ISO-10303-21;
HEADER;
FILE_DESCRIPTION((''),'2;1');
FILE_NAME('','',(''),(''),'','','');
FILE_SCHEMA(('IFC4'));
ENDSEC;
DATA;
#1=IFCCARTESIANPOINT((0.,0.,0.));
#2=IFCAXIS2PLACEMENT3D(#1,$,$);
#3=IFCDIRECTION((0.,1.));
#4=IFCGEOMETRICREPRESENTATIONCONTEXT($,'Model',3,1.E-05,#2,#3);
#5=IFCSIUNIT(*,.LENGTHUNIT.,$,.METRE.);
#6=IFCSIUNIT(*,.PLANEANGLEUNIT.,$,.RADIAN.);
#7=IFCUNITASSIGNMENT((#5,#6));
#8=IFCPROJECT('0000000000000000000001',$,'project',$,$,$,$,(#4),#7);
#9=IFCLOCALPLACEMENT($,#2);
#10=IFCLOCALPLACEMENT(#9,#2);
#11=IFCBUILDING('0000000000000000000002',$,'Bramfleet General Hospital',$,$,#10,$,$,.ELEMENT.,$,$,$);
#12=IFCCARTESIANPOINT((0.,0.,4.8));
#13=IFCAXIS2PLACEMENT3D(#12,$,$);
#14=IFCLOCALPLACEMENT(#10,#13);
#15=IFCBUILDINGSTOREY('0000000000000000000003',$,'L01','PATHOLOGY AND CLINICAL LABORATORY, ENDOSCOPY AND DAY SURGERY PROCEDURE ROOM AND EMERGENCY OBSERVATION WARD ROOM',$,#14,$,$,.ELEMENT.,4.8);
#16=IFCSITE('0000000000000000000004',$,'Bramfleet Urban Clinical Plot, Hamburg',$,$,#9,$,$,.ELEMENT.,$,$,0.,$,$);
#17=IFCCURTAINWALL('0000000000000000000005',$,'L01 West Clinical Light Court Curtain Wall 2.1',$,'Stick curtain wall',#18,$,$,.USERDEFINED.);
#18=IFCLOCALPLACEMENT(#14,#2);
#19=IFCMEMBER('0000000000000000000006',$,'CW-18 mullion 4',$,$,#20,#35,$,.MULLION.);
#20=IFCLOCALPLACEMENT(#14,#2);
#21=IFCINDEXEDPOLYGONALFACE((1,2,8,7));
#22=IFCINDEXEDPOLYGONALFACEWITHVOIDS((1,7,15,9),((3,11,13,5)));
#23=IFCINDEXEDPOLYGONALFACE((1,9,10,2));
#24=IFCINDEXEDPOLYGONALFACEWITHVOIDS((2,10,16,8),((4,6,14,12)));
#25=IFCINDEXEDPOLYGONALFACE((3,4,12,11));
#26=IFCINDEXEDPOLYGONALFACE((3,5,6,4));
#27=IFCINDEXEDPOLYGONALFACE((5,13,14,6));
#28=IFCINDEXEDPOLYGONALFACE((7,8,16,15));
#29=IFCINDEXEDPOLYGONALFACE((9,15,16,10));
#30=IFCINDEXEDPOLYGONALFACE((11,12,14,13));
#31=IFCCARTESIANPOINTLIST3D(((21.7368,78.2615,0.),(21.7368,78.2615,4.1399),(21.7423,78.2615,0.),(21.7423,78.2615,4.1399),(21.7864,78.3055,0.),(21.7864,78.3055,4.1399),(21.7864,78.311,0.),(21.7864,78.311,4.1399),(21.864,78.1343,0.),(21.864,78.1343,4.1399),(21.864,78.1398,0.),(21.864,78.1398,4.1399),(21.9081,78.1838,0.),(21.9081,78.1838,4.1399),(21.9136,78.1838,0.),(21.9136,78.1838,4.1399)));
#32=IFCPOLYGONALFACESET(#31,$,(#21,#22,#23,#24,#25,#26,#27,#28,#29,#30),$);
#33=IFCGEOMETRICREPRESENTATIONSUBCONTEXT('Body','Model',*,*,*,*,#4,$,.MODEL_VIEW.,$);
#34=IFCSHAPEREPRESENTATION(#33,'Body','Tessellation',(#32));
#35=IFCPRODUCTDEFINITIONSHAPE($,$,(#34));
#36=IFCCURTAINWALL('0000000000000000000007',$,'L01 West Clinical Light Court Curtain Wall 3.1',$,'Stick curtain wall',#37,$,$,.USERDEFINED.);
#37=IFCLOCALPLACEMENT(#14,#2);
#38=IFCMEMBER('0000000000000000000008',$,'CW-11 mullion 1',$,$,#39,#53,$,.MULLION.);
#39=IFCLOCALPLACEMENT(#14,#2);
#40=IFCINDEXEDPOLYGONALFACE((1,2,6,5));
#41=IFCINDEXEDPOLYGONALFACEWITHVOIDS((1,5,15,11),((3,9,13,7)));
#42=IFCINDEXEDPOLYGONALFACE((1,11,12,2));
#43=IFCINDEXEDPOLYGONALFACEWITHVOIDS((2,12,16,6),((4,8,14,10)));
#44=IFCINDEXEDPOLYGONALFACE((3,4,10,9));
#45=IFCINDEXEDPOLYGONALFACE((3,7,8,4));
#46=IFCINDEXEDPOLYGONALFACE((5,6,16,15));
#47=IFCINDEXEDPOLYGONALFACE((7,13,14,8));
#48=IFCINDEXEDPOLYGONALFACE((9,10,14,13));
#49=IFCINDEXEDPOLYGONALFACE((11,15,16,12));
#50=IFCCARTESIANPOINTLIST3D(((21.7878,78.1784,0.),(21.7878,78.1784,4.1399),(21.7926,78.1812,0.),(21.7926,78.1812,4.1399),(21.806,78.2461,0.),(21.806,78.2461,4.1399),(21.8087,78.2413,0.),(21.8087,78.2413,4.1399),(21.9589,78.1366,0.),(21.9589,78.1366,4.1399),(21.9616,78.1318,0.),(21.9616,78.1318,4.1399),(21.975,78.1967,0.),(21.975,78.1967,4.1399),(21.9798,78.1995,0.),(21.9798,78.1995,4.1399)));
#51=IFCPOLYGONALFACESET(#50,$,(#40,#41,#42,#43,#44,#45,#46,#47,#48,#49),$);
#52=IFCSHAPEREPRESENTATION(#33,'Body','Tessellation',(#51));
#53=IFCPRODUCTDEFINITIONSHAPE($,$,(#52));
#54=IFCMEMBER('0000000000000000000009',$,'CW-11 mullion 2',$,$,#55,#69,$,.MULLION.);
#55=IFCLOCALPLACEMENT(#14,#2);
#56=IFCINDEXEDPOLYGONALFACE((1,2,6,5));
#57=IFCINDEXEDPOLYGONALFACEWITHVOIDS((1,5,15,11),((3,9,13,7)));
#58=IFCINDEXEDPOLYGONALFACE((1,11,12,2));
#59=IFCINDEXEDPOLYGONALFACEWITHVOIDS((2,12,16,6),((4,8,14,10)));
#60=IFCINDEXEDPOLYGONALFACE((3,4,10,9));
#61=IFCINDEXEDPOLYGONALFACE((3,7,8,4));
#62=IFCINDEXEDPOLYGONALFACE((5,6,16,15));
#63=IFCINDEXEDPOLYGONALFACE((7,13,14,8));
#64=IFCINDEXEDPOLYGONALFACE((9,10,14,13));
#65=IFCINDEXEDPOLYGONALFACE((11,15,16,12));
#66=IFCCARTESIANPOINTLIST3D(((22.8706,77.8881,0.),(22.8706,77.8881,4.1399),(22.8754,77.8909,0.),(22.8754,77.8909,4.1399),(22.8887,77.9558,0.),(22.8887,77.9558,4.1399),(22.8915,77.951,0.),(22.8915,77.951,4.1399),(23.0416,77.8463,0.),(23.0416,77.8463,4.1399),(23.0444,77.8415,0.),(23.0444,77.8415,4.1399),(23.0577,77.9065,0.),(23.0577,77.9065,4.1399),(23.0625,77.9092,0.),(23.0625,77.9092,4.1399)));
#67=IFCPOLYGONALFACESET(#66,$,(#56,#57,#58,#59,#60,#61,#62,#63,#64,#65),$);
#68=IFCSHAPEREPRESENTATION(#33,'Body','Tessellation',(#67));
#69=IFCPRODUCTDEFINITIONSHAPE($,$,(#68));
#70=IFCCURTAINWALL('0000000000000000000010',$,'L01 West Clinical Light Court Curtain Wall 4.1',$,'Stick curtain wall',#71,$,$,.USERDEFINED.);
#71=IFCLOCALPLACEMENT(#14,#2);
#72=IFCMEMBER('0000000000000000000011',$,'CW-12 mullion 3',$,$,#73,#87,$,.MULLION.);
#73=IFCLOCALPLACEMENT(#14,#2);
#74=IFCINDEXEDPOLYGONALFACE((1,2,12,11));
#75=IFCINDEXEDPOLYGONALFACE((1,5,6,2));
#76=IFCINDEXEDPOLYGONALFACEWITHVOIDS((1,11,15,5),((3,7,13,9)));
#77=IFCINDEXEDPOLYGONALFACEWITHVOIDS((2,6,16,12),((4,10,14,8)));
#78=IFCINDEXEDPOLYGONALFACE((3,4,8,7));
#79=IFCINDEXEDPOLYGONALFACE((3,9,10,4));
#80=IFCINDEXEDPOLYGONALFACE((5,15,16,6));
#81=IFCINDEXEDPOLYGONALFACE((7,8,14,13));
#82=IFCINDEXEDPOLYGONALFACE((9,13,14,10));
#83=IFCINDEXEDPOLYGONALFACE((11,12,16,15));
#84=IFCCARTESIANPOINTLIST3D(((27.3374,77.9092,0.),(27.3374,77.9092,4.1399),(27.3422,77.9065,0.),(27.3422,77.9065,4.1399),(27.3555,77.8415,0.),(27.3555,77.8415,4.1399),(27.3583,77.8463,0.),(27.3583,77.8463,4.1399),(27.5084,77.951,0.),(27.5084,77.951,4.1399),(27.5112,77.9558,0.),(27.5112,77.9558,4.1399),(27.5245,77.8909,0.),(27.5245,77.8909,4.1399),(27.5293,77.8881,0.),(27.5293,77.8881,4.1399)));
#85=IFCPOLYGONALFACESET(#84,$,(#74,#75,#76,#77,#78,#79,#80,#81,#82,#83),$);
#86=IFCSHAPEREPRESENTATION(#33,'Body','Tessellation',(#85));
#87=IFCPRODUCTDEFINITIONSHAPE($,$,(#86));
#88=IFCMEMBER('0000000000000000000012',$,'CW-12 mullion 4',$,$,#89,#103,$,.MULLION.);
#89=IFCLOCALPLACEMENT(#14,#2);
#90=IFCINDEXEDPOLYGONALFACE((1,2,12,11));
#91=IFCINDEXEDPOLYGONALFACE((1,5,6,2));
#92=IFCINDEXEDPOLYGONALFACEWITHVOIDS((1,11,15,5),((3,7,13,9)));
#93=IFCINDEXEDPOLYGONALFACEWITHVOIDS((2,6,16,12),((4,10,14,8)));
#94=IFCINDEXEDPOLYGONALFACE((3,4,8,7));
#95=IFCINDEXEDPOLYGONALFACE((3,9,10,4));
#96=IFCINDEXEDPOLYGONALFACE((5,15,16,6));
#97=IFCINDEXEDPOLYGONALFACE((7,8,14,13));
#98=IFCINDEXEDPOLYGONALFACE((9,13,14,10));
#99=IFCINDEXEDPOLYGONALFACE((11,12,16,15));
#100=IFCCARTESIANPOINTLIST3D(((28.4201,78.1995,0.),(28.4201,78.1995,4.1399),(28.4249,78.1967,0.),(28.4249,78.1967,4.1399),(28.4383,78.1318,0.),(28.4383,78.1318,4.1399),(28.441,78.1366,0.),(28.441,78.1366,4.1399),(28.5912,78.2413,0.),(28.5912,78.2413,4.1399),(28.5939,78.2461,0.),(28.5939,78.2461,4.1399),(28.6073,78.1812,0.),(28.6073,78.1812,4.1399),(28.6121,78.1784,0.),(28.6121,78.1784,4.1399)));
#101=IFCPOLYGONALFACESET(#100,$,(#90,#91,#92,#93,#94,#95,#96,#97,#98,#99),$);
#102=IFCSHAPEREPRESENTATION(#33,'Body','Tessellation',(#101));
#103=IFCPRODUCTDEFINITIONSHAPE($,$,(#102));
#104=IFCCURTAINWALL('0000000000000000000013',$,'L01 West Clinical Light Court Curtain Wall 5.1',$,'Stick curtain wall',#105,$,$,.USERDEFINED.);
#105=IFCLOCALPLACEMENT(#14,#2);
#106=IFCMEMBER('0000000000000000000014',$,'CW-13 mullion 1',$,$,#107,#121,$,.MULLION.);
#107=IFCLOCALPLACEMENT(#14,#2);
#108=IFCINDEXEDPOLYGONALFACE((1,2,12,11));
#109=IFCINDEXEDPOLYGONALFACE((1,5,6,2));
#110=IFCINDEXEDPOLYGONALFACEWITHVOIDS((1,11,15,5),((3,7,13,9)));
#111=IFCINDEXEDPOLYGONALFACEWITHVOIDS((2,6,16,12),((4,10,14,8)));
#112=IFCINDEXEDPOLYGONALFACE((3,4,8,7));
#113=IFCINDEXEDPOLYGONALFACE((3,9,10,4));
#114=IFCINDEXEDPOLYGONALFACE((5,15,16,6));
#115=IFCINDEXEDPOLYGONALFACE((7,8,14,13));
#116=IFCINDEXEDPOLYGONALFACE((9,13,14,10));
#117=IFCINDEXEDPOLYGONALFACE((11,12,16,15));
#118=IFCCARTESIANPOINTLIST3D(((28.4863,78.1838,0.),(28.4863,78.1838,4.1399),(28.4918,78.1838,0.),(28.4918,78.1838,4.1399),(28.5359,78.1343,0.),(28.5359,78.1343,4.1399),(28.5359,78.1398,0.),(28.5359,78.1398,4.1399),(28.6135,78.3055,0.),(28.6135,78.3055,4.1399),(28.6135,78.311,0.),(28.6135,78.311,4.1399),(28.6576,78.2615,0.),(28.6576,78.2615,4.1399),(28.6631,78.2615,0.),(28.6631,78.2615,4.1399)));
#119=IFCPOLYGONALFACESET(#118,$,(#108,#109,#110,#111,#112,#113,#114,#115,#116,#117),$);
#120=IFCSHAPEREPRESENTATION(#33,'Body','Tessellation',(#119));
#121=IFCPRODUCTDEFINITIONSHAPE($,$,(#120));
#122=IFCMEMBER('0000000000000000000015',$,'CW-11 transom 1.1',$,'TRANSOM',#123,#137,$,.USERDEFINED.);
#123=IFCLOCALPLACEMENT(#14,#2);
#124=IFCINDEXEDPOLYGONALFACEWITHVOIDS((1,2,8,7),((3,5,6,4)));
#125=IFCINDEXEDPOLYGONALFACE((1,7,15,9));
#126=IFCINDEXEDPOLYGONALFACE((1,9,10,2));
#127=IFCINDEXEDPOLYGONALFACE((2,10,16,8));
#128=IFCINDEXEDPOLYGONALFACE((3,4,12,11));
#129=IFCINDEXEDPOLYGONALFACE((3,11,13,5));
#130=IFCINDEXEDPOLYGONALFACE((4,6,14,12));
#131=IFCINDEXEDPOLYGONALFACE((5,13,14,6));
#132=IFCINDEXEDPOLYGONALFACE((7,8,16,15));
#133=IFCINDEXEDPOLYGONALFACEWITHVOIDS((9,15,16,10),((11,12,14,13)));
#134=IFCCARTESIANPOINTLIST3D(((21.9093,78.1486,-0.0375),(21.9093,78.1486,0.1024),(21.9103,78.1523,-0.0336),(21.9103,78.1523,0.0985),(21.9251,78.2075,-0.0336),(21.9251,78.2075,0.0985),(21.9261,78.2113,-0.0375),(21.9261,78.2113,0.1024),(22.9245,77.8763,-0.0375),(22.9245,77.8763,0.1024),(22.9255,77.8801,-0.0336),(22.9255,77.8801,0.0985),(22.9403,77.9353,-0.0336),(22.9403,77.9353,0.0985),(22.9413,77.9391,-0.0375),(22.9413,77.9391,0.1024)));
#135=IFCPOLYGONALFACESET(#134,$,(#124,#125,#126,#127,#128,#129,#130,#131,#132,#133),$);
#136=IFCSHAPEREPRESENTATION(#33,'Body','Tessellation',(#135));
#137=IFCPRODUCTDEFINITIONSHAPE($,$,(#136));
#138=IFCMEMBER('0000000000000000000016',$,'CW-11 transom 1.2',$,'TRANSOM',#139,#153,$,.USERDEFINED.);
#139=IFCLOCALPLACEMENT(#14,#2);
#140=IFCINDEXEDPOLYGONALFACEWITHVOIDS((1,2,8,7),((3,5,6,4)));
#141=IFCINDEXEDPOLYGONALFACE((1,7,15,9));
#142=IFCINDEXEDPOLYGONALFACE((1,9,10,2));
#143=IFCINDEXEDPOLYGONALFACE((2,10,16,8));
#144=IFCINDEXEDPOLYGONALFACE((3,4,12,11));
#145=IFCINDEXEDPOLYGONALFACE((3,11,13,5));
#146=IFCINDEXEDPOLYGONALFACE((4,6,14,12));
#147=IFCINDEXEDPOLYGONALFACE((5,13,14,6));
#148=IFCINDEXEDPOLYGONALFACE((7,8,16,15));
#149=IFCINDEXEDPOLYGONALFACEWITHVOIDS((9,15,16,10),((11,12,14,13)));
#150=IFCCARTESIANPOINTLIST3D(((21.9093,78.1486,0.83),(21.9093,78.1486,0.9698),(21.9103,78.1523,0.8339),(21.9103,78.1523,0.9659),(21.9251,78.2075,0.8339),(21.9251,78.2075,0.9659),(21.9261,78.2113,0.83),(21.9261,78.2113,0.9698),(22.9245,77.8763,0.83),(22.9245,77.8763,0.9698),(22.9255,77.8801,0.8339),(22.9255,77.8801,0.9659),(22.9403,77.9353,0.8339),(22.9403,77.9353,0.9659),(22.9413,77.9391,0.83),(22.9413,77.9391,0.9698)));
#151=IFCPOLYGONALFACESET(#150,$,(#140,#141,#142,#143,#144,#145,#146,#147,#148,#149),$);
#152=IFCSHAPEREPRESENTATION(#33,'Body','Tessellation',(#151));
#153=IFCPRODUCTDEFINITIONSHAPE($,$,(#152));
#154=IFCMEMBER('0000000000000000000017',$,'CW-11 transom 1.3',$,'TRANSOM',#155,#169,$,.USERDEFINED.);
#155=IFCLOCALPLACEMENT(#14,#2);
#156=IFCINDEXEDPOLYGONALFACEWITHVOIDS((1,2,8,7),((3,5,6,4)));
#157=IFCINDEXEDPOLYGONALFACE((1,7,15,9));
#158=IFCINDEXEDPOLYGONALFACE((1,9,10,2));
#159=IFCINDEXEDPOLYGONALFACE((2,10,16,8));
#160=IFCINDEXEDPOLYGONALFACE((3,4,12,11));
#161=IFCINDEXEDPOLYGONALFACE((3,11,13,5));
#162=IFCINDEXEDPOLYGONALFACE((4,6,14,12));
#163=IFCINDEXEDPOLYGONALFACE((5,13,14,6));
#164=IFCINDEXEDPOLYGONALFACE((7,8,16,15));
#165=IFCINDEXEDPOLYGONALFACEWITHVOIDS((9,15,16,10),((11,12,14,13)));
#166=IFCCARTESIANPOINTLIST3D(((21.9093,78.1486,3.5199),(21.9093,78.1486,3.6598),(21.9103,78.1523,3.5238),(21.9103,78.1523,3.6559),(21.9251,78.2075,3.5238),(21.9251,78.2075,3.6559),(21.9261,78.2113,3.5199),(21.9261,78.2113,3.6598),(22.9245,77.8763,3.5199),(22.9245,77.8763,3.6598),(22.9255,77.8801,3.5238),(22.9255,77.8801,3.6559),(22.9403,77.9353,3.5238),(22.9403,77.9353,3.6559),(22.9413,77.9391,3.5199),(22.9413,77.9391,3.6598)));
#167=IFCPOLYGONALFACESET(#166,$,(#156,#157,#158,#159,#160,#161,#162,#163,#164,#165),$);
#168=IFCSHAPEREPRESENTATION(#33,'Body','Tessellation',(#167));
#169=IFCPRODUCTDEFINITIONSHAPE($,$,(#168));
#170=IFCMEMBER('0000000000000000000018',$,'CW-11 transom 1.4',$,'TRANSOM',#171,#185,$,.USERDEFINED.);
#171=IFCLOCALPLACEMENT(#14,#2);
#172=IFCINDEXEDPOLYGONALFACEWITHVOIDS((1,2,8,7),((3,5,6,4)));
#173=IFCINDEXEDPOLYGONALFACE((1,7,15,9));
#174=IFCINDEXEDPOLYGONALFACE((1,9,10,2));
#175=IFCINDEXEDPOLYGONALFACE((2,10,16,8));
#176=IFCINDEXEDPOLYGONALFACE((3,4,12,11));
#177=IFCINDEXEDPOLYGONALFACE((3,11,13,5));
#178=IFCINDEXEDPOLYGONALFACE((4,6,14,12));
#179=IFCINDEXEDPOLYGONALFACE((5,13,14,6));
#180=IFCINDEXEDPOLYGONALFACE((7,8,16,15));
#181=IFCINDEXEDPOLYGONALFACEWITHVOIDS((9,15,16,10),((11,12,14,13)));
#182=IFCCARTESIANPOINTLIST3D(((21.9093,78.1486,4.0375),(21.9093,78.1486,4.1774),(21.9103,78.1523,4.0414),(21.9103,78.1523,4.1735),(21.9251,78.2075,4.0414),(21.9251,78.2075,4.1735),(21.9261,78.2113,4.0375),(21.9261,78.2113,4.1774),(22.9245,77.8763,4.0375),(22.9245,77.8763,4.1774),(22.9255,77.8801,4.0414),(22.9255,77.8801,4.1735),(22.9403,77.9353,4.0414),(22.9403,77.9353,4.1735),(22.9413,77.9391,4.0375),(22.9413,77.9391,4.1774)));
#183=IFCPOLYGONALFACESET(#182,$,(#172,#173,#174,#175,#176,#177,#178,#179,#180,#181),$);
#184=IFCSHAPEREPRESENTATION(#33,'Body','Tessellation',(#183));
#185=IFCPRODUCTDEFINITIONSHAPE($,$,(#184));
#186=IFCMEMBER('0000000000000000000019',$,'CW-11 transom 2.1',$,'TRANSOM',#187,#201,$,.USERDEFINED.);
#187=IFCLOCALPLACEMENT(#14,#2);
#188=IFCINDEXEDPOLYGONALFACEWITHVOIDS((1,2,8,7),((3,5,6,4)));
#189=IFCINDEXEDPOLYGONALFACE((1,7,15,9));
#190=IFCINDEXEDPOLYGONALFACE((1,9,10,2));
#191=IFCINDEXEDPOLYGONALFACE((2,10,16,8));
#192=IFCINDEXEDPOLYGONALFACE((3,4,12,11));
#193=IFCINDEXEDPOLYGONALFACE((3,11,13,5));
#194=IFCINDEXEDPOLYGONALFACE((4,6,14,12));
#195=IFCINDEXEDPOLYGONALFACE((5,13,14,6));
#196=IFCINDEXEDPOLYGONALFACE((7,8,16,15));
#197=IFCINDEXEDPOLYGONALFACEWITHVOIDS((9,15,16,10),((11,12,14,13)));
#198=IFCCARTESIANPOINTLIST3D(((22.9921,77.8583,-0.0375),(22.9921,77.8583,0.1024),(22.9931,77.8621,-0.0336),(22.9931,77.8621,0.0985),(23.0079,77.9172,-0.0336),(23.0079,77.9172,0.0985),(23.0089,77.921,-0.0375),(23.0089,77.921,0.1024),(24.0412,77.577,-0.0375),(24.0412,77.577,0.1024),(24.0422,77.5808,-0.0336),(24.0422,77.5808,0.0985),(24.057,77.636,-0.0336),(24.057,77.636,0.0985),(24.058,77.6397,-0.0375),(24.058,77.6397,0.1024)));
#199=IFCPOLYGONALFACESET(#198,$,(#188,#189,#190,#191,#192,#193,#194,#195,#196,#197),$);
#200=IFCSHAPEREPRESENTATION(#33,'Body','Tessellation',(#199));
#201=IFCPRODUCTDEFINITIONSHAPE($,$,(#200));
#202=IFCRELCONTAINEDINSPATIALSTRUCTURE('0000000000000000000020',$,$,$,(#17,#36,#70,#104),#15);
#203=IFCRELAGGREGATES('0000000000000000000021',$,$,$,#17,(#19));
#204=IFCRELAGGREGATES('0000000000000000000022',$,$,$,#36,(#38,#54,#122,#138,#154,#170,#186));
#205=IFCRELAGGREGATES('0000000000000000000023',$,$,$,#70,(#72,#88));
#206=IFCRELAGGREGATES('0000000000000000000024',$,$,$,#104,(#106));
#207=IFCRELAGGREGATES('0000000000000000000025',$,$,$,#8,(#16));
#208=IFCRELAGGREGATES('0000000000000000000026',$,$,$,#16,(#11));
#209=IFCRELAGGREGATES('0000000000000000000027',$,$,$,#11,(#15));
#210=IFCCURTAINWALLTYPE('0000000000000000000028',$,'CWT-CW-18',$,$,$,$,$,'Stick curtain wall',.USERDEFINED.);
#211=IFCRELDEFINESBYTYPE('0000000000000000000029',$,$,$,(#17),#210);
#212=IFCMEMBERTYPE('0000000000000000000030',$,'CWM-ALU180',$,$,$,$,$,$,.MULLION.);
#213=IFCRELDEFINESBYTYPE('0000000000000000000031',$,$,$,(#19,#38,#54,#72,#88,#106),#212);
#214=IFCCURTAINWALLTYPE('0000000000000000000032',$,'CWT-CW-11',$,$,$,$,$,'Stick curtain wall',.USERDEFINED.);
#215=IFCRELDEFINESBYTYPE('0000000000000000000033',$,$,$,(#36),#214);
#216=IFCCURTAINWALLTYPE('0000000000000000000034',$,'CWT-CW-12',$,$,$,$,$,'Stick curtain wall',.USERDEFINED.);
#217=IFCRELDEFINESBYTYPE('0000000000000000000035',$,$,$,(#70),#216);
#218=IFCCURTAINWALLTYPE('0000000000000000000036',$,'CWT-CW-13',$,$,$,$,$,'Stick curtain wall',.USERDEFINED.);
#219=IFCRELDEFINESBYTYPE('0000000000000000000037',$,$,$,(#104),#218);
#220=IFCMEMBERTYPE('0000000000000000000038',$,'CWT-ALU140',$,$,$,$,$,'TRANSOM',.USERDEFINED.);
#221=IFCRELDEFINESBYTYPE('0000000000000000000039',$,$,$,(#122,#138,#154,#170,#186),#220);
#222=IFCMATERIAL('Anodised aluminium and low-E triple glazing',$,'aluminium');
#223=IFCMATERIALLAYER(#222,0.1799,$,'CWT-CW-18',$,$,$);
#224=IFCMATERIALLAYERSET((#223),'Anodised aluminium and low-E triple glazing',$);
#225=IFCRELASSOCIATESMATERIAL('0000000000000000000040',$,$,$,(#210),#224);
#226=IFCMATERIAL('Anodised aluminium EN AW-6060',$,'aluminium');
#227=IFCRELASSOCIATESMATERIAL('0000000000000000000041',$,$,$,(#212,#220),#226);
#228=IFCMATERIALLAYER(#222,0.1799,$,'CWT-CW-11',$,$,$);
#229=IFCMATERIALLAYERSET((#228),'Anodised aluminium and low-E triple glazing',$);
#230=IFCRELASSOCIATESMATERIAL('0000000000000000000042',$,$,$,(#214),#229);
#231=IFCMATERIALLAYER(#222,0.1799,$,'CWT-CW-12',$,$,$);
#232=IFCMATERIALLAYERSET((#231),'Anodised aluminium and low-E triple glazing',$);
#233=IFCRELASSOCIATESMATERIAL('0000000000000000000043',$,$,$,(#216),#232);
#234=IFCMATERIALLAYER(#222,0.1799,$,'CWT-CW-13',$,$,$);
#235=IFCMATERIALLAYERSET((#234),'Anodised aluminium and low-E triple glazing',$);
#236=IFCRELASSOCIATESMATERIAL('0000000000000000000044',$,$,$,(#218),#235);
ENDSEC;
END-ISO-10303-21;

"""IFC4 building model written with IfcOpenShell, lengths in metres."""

from ifc_helpers import new_model, si_unit, direction, frame, origin, origin_2d, place, context, subcontext, project, spatial, hollow_rectangle, extrude, material, layer, layer_set, material_profile, profile_set, type_object, element, aggregate, save


model = new_model("IFC4")

# Units and contexts
model_context = context("Model", 3, precision=1e-05, world=origin(), true_north=direction((0.0, 1.0)))
body_context = subcontext(model_context, "Body", "Model", "MODEL_VIEW")
ifc_project = project(units=[si_unit("LENGTHUNIT", "METRE"), si_unit("PLANEANGLEUNIT", "RADIAN")], contexts=[model_context])

# Site, building, storey
site_placement = place(None, origin())
site = spatial("IfcSite", under=ifc_project, at=site_placement, Name="Bramfleet Urban Clinical Plot, Hamburg", CompositionType="ELEMENT", RefElevation=0.0)
building_placement = place(site_placement, origin())
building = spatial("IfcBuilding", under=site, at=building_placement, Name="Bramfleet General Hospital", CompositionType="ELEMENT")
storey_placement = place(building_placement, frame((0.0, 0.0, 4.8)))
storey = spatial("IfcBuildingStorey", under=building, at=storey_placement, Name="L01", Description="PATHOLOGY AND CLINICAL LABORATORY, ENDOSCOPY AND DAY SURGERY PROCEDURE ROOM AND EMERGENCY OBSERVATION WARD ROOM", CompositionType="ELEMENT", Elevation=4.8)

# Curtain wall, member
ifc_material_1 = material(Name="Anodised aluminium and low-E triple glazing", Category="aluminium")
ifc_layer_1 = layer(ifc_material_1, 0.1799, Name="CWT-CW-18")
ifc_layer_set_1 = layer_set([ifc_layer_1], Name="Anodised aluminium and low-E triple glazing")
curtain_wall_type_1 = type_object("IfcCurtainWallType", Name="CWT-CW-18", ElementType="Stick curtain wall", PredefinedType="USERDEFINED", material=ifc_layer_set_1)
curtain_wall_1_placement = place(storey_placement, origin())
curtain_wall_1 = element("IfcCurtainWall", 1, at=curtain_wall_1_placement, inside=storey, type_object=curtain_wall_type_1, Name="L01 West Clinical Light Court Curtain Wall 2.1", ObjectType="Stick curtain wall", PredefinedType="USERDEFINED")
ifc_material_2 = material(Name="Anodised aluminium EN AW-6060", Category="aluminium")
ifc_material_profile_1 = material_profile(ifc_material_2, hollow_rectangle(XDim=0.0701, YDim=0.1799, WallThickness=0.0039, at=origin_2d()), Name="ALU 180x70x4.0")
ifc_profile_set_1 = profile_set([ifc_material_profile_1], Name="Anodised aluminium EN AW-6060")
member_type_1 = type_object("IfcMemberType", Name="CWM-ALU180", PredefinedType="MULLION", material=ifc_profile_set_1)
member_1_placement = place(storey_placement, frame((21.8252, 78.2227, 0.0), z_axis=(0.0, 0.0, 1.0), x_axis=(0.707107, 0.707107, 0.0)))
member_1 = element("IfcMember", 2, at=member_1_placement, type_object=member_type_1, Name="CW-18 mullion 4", PredefinedType="MULLION", context=body_context, shape_type="SweptSolid", body=[
    extrude(hollow_rectangle(XDim=0.0701, YDim=0.1799, WallThickness=0.0039, at=origin_2d()), origin(), (0.0, 0.0, 1.0), 4.1399),
])

# Curtain walls, members
ifc_layer_2 = layer(ifc_material_1, 0.1799, Name="CWT-CW-11")
ifc_layer_set_2 = layer_set([ifc_layer_2], Name="Anodised aluminium and low-E triple glazing")
curtain_wall_type_2 = type_object("IfcCurtainWallType", Name="CWT-CW-11", ElementType="Stick curtain wall", PredefinedType="USERDEFINED", material=ifc_layer_set_2)
curtain_wall_2_placement = place(storey_placement, origin())
curtain_wall_2 = element("IfcCurtainWall", 3, at=curtain_wall_2_placement, inside=storey, type_object=curtain_wall_type_2, Name="L01 West Clinical Light Court Curtain Wall 3.1", ObjectType="Stick curtain wall", PredefinedType="USERDEFINED")
member_2_placement = place(storey_placement, frame((21.8838, 78.189, 0.0), z_axis=(0.0, 0.0, 1.0), x_axis=(0.258919, 0.965899, 0.0)))
member_2 = element("IfcMember", 4, at=member_2_placement, type_object=member_type_1, Name="CW-11 mullion 1", PredefinedType="MULLION", context=body_context, shape_type="SweptSolid", body=[
    extrude(hollow_rectangle(XDim=0.0701, YDim=0.1799, WallThickness=0.0039, at=origin_2d()), origin(), (0.0, 0.0, 1.0), 4.1399),
])
member_3_placement = place(storey_placement, frame((22.9666, 77.8987, 0.0), z_axis=(0.0, 0.0, 1.0), x_axis=(0.258919, 0.965899, 0.0)))
member_3 = element("IfcMember", 5, at=member_3_placement, type_object=member_type_1, Name="CW-11 mullion 2", PredefinedType="MULLION", context=body_context, shape_type="SweptSolid", body=[
    extrude(hollow_rectangle(XDim=0.0701, YDim=0.1799, WallThickness=0.0039, at=origin_2d()), origin(), (0.0, 0.0, 1.0), 4.1399),
])
ifc_layer_3 = layer(ifc_material_1, 0.1799, Name="CWT-CW-12")
ifc_layer_set_3 = layer_set([ifc_layer_3], Name="Anodised aluminium and low-E triple glazing")
curtain_wall_type_3 = type_object("IfcCurtainWallType", Name="CWT-CW-12", ElementType="Stick curtain wall", PredefinedType="USERDEFINED", material=ifc_layer_set_3)
curtain_wall_3_placement = place(storey_placement, origin())
curtain_wall_3 = element("IfcCurtainWall", 6, at=curtain_wall_3_placement, inside=storey, type_object=curtain_wall_type_3, Name="L01 West Clinical Light Court Curtain Wall 4.1", ObjectType="Stick curtain wall", PredefinedType="USERDEFINED")
member_4_placement = place(storey_placement, frame((27.4333, 77.8987, 0.0), z_axis=(0.0, 0.0, 1.0), x_axis=(-0.258919, 0.965899, 0.0)))
member_4 = element("IfcMember", 7, at=member_4_placement, type_object=member_type_1, Name="CW-12 mullion 3", PredefinedType="MULLION", context=body_context, shape_type="SweptSolid", body=[
    extrude(hollow_rectangle(XDim=0.0701, YDim=0.1799, WallThickness=0.0039, at=origin_2d()), origin(), (0.0, 0.0, 1.0), 4.1399),
])
member_5_placement = place(storey_placement, frame((28.5161, 78.189, 0.0), z_axis=(0.0, 0.0, 1.0), x_axis=(-0.258919, 0.965899, 0.0)))
member_5 = element("IfcMember", 8, at=member_5_placement, type_object=member_type_1, Name="CW-12 mullion 4", PredefinedType="MULLION", context=body_context, shape_type="SweptSolid", body=[
    extrude(hollow_rectangle(XDim=0.0701, YDim=0.1799, WallThickness=0.0039, at=origin_2d()), origin(), (0.0, 0.0, 1.0), 4.1399),
])

# Curtain wall, member
ifc_layer_4 = layer(ifc_material_1, 0.1799, Name="CWT-CW-13")
ifc_layer_set_4 = layer_set([ifc_layer_4], Name="Anodised aluminium and low-E triple glazing")
curtain_wall_type_4 = type_object("IfcCurtainWallType", Name="CWT-CW-13", ElementType="Stick curtain wall", PredefinedType="USERDEFINED", material=ifc_layer_set_4)
curtain_wall_4_placement = place(storey_placement, origin())
curtain_wall_4 = element("IfcCurtainWall", 9, at=curtain_wall_4_placement, inside=storey, type_object=curtain_wall_type_4, Name="L01 West Clinical Light Court Curtain Wall 5.1", ObjectType="Stick curtain wall", PredefinedType="USERDEFINED")
member_6_placement = place(storey_placement, frame((28.5747, 78.2227, 0.0), z_axis=(0.0, 0.0, 1.0), x_axis=(-0.707107, 0.707107, 0.0)))
member_6 = element("IfcMember", 10, at=member_6_placement, type_object=member_type_1, Name="CW-13 mullion 1", PredefinedType="MULLION", context=body_context, shape_type="SweptSolid", body=[
    extrude(hollow_rectangle(XDim=0.0701, YDim=0.1799, WallThickness=0.0039, at=origin_2d()), origin(), (0.0, 0.0, 1.0), 4.1399),
])

# Members
ifc_material_profile_2 = material_profile(ifc_material_2, hollow_rectangle(XDim=0.0649, YDim=0.1399, WallThickness=0.0039, at=origin_2d()), Name="ALU 140x65x4.0")
ifc_profile_set_2 = profile_set([ifc_material_profile_2], Name="Anodised aluminium EN AW-6060")
member_type_2 = type_object("IfcMemberType", Name="CWT-ALU140", ElementType="TRANSOM", PredefinedType="USERDEFINED", material=ifc_profile_set_2)
member_7_placement = place(storey_placement, frame((21.9177, 78.1799, 0.0325), z_axis=(0.965875, -0.259007, 0.0), x_axis=(0.259007, 0.965875, 0.0)))
member_7 = element("IfcMember", 11, at=member_7_placement, type_object=member_type_2, Name="CW-11 transom 1.1", ObjectType="TRANSOM", PredefinedType="USERDEFINED", context=body_context, shape_type="SweptSolid", body=[
    extrude(hollow_rectangle(XDim=0.0649, YDim=0.1399, WallThickness=0.0039, at=origin_2d()), origin(), (0.0, 0.0, 1.0), 1.051),
])
member_8_placement = place(storey_placement, frame((21.9177, 78.1799, 0.8999), z_axis=(0.965875, -0.259007, 0.0), x_axis=(0.259007, 0.965875, 0.0)))
member_8 = element("IfcMember", 12, at=member_8_placement, type_object=member_type_2, Name="CW-11 transom 1.2", ObjectType="TRANSOM", PredefinedType="USERDEFINED", context=body_context, shape_type="SweptSolid", body=[
    extrude(hollow_rectangle(XDim=0.0649, YDim=0.1399, WallThickness=0.0039, at=origin_2d()), origin(), (0.0, 0.0, 1.0), 1.051),
])
member_9_placement = place(storey_placement, frame((21.9177, 78.1799, 3.5898), z_axis=(0.965875, -0.259007, 0.0), x_axis=(0.259007, 0.965875, 0.0)))
member_9 = element("IfcMember", 13, at=member_9_placement, type_object=member_type_2, Name="CW-11 transom 1.3", ObjectType="TRANSOM", PredefinedType="USERDEFINED", context=body_context, shape_type="SweptSolid", body=[
    extrude(hollow_rectangle(XDim=0.0649, YDim=0.1399, WallThickness=0.0039, at=origin_2d()), origin(), (0.0, 0.0, 1.0), 1.051),
])
member_10_placement = place(storey_placement, frame((21.9177, 78.1799, 4.1074), z_axis=(0.965875, -0.259007, 0.0), x_axis=(0.259007, 0.965875, 0.0)))
member_10 = element("IfcMember", 14, at=member_10_placement, type_object=member_type_2, Name="CW-11 transom 1.4", ObjectType="TRANSOM", PredefinedType="USERDEFINED", context=body_context, shape_type="SweptSolid", body=[
    extrude(hollow_rectangle(XDim=0.0649, YDim=0.1399, WallThickness=0.0039, at=origin_2d()), origin(), (0.0, 0.0, 1.0), 1.051),
])
member_11_placement = place(storey_placement, frame((23.0005, 77.8896, 0.0325), z_axis=(0.965891, -0.25895, 0.0), x_axis=(0.25895, 0.965891, 0.0)))
member_11 = element("IfcMember", 15, at=member_11_placement, type_object=member_type_2, Name="CW-11 transom 2.1", ObjectType="TRANSOM", PredefinedType="USERDEFINED", context=body_context, shape_type="SweptSolid", body=[
    extrude(hollow_rectangle(XDim=0.0649, YDim=0.1399, WallThickness=0.0039, at=origin_2d()), origin(), (0.0, 0.0, 1.0), 1.0862),
])

aggregate(curtain_wall_1, [member_1])
aggregate(curtain_wall_2, [member_2, member_3, member_7, member_8, member_9, member_10, member_11])
aggregate(curtain_wall_3, [member_4, member_5])
aggregate(curtain_wall_4, [member_6])

save(model, "model.ifc")
